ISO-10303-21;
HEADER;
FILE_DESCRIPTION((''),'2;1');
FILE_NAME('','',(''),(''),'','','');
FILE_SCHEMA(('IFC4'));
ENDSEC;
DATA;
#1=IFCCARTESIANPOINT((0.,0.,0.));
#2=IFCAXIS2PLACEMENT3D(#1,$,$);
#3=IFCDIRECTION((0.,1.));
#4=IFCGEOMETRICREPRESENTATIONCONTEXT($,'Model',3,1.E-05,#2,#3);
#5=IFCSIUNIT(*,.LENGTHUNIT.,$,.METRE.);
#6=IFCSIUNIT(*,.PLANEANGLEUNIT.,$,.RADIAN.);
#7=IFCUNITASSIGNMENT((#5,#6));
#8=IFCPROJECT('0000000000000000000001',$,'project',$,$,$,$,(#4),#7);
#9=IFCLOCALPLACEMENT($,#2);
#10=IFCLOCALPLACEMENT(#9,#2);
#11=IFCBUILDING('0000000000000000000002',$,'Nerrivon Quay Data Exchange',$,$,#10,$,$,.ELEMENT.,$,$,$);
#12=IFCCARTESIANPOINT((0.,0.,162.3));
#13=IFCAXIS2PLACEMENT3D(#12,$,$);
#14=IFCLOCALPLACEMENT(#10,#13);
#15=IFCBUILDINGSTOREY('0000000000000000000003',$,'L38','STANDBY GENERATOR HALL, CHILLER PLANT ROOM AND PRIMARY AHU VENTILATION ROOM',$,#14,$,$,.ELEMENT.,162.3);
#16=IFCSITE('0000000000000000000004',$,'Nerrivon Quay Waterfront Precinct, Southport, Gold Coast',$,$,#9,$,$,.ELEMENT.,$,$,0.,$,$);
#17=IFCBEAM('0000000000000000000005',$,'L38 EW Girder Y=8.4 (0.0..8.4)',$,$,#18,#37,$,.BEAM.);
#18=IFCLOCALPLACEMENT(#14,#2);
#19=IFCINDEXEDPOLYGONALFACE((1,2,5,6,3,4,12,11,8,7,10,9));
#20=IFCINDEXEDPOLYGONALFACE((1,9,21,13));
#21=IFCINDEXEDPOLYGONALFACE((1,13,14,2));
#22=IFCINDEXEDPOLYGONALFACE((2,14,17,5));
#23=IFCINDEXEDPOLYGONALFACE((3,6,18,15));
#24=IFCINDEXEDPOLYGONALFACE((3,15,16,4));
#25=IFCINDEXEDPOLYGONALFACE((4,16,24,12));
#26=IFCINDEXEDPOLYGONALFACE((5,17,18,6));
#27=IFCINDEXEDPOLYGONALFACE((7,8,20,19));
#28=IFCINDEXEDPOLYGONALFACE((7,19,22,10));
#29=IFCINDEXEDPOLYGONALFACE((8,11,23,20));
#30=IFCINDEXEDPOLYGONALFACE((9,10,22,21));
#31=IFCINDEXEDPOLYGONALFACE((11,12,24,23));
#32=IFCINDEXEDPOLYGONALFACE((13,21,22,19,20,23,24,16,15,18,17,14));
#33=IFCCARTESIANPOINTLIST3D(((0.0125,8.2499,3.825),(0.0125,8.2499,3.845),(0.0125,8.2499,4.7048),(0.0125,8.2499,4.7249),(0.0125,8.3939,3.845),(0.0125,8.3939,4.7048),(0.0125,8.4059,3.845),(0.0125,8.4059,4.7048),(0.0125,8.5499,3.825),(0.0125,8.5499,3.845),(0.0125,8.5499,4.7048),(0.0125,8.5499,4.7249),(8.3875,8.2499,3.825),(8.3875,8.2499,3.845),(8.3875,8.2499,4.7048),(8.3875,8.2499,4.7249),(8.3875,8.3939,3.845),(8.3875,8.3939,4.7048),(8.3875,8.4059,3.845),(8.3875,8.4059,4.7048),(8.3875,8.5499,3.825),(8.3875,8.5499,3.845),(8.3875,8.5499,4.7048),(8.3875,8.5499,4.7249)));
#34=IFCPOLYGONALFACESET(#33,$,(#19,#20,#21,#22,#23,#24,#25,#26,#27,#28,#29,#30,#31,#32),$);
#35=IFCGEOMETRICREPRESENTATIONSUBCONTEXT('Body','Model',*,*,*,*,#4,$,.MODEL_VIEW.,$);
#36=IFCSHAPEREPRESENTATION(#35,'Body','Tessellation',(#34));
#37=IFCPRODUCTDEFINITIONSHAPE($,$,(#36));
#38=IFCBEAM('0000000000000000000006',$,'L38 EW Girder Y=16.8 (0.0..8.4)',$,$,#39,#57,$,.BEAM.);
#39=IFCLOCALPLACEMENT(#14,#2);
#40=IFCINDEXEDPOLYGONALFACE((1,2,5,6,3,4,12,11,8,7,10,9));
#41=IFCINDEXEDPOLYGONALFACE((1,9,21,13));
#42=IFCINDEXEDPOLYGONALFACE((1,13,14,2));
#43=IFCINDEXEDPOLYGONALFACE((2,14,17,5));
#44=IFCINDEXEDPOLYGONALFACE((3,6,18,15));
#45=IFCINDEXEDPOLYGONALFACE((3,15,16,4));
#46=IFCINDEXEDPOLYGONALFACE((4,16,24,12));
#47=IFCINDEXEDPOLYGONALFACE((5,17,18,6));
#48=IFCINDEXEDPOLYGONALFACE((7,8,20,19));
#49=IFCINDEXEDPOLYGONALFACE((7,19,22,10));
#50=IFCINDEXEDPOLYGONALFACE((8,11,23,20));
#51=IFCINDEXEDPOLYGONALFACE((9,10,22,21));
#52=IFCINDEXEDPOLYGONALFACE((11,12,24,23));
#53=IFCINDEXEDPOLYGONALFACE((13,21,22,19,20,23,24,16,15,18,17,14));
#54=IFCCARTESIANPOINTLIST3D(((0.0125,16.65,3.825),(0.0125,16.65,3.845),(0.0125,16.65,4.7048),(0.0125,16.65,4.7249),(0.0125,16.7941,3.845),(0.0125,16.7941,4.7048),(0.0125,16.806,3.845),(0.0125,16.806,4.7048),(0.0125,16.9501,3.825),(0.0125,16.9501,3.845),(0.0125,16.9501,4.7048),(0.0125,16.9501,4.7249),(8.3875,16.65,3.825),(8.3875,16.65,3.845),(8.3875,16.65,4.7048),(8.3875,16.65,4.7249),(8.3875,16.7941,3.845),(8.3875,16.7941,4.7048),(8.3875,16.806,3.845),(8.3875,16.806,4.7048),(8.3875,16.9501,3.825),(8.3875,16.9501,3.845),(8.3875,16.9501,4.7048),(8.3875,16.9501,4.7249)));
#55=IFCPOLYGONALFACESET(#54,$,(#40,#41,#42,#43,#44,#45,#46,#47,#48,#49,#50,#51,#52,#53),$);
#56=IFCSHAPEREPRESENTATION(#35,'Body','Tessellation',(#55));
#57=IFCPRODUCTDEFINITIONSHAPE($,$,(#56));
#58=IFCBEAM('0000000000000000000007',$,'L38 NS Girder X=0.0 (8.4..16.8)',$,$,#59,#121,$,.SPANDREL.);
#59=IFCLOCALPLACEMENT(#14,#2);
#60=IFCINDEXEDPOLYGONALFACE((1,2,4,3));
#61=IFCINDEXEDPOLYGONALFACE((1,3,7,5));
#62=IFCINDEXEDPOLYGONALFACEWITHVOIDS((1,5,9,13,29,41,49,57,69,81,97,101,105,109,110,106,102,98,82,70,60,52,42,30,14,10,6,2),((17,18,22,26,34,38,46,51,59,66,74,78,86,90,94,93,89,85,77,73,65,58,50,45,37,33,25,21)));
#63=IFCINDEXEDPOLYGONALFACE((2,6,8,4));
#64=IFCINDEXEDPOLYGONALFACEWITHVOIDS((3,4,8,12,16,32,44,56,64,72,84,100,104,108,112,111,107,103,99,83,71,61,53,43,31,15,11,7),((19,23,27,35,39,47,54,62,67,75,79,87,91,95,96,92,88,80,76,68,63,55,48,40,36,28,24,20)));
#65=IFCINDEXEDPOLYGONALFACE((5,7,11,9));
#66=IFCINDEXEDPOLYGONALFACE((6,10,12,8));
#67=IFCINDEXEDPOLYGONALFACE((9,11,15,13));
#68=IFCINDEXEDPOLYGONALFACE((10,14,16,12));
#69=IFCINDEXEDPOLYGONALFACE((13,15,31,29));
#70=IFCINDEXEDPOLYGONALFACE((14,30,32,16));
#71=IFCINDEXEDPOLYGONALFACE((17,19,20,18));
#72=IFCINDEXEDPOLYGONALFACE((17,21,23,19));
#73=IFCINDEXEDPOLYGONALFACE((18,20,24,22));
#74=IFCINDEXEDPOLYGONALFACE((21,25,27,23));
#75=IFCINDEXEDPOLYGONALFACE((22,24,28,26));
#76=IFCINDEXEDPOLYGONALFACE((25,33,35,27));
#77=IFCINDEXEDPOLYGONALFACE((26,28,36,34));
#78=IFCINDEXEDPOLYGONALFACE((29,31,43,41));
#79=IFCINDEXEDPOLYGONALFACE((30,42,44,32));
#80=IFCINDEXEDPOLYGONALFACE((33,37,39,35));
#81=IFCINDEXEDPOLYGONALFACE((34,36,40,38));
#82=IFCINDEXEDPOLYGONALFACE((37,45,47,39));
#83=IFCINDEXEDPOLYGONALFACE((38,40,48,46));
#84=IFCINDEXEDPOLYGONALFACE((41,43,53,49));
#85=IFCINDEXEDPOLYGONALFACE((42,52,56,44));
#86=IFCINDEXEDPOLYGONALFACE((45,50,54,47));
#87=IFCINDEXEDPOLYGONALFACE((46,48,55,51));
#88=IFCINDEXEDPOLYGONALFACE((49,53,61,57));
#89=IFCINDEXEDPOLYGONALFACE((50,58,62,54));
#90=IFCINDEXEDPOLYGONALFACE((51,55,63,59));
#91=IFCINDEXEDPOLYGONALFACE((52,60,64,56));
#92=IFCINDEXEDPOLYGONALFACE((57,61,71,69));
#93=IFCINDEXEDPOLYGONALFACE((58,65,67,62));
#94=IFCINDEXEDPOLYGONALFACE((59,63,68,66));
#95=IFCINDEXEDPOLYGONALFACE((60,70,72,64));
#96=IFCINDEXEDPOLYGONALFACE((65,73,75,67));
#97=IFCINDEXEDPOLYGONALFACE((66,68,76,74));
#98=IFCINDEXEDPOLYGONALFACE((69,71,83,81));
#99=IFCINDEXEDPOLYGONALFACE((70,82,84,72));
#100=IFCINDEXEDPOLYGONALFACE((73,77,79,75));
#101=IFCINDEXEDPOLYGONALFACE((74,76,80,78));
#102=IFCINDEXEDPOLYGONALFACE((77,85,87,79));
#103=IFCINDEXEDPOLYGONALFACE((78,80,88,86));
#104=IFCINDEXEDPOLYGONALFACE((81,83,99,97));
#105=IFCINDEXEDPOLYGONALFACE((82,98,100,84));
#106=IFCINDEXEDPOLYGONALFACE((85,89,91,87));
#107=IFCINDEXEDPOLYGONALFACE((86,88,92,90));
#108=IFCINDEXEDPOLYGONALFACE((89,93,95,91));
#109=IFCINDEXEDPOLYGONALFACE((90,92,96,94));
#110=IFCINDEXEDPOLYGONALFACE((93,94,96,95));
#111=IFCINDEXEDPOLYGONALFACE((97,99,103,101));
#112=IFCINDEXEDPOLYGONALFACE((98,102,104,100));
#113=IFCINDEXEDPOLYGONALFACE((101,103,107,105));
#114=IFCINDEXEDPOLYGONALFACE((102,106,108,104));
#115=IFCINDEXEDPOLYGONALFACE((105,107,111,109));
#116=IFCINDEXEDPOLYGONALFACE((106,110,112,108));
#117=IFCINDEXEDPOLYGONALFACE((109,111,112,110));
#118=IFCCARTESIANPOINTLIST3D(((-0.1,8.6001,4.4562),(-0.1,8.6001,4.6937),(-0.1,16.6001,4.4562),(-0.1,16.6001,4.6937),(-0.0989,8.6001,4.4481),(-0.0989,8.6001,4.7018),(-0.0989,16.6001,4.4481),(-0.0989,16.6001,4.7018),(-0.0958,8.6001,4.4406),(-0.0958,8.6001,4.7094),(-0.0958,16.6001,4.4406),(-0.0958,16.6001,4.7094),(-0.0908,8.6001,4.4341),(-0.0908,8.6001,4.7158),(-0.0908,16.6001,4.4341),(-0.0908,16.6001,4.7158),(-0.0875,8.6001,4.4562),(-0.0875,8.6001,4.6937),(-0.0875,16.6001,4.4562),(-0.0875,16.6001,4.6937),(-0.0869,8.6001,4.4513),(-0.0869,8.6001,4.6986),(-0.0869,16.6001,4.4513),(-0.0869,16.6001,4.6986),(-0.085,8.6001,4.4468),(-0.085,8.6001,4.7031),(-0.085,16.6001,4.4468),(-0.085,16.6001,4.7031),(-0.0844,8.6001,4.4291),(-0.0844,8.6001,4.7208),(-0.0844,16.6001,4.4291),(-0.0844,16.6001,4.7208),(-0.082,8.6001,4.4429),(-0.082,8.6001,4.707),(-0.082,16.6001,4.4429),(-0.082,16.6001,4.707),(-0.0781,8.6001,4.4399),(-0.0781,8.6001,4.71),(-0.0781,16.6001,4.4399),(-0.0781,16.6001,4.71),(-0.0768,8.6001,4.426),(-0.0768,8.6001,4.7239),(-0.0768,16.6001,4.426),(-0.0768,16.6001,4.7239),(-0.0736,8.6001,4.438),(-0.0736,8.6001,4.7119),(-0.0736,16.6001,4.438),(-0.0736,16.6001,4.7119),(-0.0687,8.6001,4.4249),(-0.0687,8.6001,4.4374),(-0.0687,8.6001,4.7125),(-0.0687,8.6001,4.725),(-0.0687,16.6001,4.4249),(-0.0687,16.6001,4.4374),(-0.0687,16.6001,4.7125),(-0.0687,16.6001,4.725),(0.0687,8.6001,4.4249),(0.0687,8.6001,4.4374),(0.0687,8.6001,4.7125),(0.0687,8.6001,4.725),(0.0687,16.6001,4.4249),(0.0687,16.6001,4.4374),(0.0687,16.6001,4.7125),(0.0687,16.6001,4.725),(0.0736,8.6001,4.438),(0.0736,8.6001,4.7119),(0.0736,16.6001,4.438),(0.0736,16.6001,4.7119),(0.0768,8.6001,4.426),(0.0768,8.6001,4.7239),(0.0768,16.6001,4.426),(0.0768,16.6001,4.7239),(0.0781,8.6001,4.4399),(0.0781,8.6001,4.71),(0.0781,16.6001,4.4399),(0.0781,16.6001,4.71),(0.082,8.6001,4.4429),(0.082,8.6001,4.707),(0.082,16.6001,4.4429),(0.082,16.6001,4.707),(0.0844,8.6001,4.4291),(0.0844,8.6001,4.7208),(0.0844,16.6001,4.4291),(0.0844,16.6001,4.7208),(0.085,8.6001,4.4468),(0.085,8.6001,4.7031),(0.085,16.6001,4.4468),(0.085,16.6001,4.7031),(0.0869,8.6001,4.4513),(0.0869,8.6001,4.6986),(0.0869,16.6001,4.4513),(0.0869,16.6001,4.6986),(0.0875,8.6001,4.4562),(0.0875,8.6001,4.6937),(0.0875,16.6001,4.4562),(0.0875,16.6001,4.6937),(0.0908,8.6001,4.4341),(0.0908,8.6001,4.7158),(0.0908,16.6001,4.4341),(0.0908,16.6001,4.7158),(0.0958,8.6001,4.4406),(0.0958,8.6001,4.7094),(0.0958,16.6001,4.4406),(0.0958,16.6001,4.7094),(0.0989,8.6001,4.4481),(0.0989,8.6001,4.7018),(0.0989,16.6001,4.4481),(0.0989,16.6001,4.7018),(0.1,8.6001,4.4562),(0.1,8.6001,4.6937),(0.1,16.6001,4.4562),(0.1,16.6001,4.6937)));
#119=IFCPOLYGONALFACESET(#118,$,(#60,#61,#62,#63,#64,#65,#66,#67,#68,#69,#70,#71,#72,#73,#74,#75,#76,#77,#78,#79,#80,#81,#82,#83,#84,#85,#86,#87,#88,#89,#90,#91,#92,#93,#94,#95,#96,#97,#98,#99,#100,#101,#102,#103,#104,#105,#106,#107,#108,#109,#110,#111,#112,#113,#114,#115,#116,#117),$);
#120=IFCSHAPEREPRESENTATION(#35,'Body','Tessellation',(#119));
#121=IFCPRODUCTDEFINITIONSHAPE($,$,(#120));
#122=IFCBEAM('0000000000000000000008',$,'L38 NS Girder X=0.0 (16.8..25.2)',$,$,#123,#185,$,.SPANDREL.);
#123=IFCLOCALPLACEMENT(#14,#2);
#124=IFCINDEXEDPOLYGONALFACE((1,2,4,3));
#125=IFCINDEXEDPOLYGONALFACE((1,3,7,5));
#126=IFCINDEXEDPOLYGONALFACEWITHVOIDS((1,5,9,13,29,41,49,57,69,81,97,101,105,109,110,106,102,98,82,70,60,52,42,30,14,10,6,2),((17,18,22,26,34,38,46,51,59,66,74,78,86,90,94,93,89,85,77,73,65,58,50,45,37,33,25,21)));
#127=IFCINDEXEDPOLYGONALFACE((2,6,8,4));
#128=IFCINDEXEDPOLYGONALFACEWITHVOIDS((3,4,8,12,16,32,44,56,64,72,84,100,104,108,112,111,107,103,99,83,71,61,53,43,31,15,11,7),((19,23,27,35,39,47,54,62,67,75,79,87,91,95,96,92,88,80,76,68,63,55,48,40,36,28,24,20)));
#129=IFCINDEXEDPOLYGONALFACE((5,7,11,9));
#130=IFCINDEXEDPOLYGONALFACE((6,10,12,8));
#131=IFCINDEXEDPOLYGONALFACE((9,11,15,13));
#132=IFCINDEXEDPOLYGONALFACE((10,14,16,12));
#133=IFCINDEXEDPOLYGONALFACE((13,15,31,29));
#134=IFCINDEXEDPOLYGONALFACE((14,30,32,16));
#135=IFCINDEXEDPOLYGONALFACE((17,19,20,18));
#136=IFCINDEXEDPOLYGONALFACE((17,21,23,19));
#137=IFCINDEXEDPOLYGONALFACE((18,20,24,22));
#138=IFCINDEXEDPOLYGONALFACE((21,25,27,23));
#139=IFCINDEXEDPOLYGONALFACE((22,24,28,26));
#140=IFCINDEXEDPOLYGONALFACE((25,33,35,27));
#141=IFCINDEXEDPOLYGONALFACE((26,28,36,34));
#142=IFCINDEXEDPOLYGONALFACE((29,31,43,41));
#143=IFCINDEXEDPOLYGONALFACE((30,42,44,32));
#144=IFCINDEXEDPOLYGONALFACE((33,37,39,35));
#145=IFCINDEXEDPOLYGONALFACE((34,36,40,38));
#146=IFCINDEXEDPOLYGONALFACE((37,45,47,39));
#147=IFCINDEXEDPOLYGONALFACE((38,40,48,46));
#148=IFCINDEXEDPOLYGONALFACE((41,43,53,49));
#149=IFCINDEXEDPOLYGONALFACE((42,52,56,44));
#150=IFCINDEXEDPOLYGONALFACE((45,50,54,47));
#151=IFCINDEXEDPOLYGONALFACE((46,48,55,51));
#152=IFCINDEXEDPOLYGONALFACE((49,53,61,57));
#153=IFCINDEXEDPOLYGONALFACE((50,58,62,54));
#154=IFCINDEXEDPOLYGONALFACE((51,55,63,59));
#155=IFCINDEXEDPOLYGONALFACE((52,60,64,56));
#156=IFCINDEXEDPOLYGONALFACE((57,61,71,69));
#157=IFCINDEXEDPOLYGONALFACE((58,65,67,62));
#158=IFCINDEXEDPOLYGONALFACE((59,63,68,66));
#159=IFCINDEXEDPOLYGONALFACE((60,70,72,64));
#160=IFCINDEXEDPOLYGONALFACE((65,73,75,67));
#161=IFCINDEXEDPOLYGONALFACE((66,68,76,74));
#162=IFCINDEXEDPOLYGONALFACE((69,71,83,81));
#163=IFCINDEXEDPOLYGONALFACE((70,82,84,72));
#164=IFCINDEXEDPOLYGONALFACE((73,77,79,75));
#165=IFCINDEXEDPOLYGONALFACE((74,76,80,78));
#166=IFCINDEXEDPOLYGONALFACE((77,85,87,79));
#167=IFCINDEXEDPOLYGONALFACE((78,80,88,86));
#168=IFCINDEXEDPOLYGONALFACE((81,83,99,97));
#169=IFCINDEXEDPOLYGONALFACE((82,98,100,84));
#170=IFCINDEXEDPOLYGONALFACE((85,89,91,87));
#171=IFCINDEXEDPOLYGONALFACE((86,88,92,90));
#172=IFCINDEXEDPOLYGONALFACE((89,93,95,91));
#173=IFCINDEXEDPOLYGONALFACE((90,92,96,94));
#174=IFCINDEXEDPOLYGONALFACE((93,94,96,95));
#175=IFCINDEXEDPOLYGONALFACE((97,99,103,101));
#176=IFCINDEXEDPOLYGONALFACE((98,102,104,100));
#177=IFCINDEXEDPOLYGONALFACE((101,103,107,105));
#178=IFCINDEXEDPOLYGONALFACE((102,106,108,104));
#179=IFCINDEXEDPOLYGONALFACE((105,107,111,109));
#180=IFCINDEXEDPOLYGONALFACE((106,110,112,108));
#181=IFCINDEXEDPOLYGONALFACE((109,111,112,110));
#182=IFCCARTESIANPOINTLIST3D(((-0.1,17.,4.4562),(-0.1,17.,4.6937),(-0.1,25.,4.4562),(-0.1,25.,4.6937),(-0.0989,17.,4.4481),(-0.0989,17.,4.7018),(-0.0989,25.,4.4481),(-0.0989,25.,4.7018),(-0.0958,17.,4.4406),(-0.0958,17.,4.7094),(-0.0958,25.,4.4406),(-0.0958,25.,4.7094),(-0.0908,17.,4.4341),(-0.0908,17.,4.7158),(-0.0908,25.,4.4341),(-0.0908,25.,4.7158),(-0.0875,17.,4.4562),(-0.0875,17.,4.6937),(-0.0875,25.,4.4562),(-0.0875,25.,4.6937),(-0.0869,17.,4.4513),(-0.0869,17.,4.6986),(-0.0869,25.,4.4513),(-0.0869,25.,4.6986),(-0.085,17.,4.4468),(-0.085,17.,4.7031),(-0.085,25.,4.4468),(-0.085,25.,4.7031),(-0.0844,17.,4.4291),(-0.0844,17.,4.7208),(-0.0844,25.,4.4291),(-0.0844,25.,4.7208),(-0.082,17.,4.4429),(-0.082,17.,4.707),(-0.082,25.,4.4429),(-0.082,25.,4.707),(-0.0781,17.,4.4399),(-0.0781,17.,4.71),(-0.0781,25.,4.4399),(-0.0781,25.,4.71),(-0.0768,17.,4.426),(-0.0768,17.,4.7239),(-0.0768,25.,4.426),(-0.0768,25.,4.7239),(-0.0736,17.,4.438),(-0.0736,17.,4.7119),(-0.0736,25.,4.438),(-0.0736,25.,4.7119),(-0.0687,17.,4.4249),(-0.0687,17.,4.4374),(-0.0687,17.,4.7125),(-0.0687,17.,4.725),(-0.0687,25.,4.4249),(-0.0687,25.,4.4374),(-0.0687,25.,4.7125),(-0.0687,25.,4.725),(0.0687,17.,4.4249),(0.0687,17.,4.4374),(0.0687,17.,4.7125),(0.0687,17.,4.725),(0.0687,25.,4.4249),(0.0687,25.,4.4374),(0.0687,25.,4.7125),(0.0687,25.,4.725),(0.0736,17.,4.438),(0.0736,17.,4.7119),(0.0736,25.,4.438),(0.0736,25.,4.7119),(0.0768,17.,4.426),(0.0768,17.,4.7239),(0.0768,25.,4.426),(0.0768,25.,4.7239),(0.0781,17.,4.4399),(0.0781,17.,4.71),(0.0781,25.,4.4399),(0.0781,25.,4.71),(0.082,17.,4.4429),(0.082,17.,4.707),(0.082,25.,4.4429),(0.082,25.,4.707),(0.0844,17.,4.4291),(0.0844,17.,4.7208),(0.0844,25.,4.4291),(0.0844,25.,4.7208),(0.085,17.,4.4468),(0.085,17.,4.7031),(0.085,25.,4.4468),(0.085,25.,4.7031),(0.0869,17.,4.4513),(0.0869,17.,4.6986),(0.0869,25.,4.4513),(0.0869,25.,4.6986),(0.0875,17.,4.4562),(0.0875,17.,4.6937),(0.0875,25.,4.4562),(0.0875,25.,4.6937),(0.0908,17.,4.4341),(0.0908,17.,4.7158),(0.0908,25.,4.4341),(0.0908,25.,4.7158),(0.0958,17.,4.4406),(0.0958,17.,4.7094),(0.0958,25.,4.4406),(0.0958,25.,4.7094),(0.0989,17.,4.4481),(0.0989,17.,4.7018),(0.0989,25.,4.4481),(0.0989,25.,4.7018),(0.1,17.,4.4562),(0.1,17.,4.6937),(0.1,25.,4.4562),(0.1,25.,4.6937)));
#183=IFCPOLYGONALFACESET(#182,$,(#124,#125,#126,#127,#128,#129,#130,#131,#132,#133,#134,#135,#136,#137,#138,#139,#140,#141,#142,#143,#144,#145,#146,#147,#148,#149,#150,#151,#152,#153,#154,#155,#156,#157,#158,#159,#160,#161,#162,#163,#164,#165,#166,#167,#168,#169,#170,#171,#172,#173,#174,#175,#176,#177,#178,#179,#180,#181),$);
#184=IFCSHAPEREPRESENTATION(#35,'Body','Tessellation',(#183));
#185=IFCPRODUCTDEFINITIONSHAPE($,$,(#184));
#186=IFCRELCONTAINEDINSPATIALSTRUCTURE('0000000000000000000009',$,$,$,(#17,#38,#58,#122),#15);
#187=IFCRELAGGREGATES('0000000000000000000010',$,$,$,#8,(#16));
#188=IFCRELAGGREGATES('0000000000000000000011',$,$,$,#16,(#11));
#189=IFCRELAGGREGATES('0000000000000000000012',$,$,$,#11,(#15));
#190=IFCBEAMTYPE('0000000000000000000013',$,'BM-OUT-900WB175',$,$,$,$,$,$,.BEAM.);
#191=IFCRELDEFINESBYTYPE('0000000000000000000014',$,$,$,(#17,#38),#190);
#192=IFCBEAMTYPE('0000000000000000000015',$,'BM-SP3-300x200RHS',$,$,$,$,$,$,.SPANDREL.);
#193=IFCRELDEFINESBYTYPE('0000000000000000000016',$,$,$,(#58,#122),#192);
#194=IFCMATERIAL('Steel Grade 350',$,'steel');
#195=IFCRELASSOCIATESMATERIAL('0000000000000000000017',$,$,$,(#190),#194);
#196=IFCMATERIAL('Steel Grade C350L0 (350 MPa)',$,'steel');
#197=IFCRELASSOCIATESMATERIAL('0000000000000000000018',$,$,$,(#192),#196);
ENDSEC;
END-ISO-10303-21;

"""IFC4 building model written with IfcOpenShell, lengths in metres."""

from ifc_helpers import new_model, si_unit, direction, frame, origin, origin_2d, place, context, subcontext, project, spatial, hollow_rectangle, i_section, extrude, material, material_profile, profile_set, type_object, element, save


model = new_model("IFC4")

# Units and contexts
model_context = context("Model", 3, precision=1e-05, world=origin(), true_north=direction((0.0, 1.0)))
body_context = subcontext(model_context, "Body", "Model", "MODEL_VIEW")
ifc_project = project(units=[si_unit("LENGTHUNIT", "METRE"), si_unit("PLANEANGLEUNIT", "RADIAN")], contexts=[model_context])

# Site, building, storey
site_placement = place(None, origin())
site = spatial("IfcSite", under=ifc_project, at=site_placement, Name="Nerrivon Quay Waterfront Precinct, Southport, Gold Coast", CompositionType="ELEMENT", RefElevation=0.0)
building_placement = place(site_placement, origin())
building = spatial("IfcBuilding", under=site, at=building_placement, Name="Nerrivon Quay Data Exchange", CompositionType="ELEMENT")
storey_placement = place(building_placement, frame((0.0, 0.0, 162.3)))
storey = spatial("IfcBuildingStorey", under=building, at=storey_placement, Name="L38", Description="STANDBY GENERATOR HALL, CHILLER PLANT ROOM AND PRIMARY AHU VENTILATION ROOM", CompositionType="ELEMENT", Elevation=162.3)

# Shared definitions
ifc_material_1 = material(Name="Steel Grade 350", Category="steel")

# Beams
ifc_material_profile_1 = material_profile(ifc_material_1, i_section(OverallWidth=0.3, OverallDepth=0.8999, WebThickness=0.012, FlangeThickness=0.02, at=origin_2d()), Name="900WB175")
ifc_profile_set_1 = profile_set([ifc_material_profile_1], Name="Steel Grade 350")
beam_type_1 = type_object("IfcBeamType", Name="BM-OUT-900WB175", PredefinedType="BEAM", material=ifc_profile_set_1)
for number, where, z_axis, x_axis, name in (
    (1, (0.0125, 8.3999, 4.2749), (1.0, 0.0, 0.0), (0.0, 1.0, 0.0), "L38 EW Girder Y=8.4 (0.0..8.4)"),
    (2, (0.0125, 16.8, 4.2749), (1.0, 0.0, 0.0), (0.0, 1.0, 0.0), "L38 EW Girder Y=16.8 (0.0..8.4)"),
):
    element("IfcBeam", number, at=place(storey_placement, frame(where, z_axis=z_axis, x_axis=x_axis)), inside=storey, type_object=beam_type_1, Name=name, PredefinedType="BEAM", context=body_context, shape_type="SweptSolid", body=[
        extrude(i_section(OverallWidth=0.3, OverallDepth=0.8999, WebThickness=0.012, FlangeThickness=0.02, at=origin_2d()), origin(), (0.0, 0.0, 1.0), 8.375),
    ])
ifc_material_2 = material(Name="Steel Grade C350L0 (350 MPa)", Category="steel")
ifc_material_profile_2 = material_profile(ifc_material_2, hollow_rectangle(XDim=0.2, YDim=0.3, WallThickness=0.0125, InnerFilletRadius=0.0188, OuterFilletRadius=0.0312, at=origin_2d()), Name="300x200x12.5RHS")
ifc_profile_set_2 = profile_set([ifc_material_profile_2], Name="Steel Grade C350L0 (350 MPa)")
beam_type_2 = type_object("IfcBeamType", Name="BM-SP3-300x200RHS", PredefinedType="SPANDREL", material=ifc_profile_set_2)
for number, where, z_axis, x_axis, name in (
    (3, (0.0, 8.6001, 4.575), (0.0, 1.0, 0.0), (-1.0, 0.0, 0.0), "L38 NS Girder X=0.0 (8.4..16.8)"),
    (4, (0.0, 17.0, 4.575), (0.0, 1.0, 0.0), (-1.0, 0.0, 0.0), "L38 NS Girder X=0.0 (16.8..25.2)"),
):
    element("IfcBeam", number, at=place(storey_placement, frame(where, z_axis=z_axis, x_axis=x_axis)), inside=storey, type_object=beam_type_2, Name=name, PredefinedType="SPANDREL", context=body_context, shape_type="SweptSolid", body=[
        extrude(hollow_rectangle(XDim=0.2, YDim=0.3, WallThickness=0.0125, InnerFilletRadius=0.0188, OuterFilletRadius=0.0312, at=origin_2d()), origin(), (0.0, 0.0, 1.0), 8.0),
    ])

save(model, "model.ifc")
